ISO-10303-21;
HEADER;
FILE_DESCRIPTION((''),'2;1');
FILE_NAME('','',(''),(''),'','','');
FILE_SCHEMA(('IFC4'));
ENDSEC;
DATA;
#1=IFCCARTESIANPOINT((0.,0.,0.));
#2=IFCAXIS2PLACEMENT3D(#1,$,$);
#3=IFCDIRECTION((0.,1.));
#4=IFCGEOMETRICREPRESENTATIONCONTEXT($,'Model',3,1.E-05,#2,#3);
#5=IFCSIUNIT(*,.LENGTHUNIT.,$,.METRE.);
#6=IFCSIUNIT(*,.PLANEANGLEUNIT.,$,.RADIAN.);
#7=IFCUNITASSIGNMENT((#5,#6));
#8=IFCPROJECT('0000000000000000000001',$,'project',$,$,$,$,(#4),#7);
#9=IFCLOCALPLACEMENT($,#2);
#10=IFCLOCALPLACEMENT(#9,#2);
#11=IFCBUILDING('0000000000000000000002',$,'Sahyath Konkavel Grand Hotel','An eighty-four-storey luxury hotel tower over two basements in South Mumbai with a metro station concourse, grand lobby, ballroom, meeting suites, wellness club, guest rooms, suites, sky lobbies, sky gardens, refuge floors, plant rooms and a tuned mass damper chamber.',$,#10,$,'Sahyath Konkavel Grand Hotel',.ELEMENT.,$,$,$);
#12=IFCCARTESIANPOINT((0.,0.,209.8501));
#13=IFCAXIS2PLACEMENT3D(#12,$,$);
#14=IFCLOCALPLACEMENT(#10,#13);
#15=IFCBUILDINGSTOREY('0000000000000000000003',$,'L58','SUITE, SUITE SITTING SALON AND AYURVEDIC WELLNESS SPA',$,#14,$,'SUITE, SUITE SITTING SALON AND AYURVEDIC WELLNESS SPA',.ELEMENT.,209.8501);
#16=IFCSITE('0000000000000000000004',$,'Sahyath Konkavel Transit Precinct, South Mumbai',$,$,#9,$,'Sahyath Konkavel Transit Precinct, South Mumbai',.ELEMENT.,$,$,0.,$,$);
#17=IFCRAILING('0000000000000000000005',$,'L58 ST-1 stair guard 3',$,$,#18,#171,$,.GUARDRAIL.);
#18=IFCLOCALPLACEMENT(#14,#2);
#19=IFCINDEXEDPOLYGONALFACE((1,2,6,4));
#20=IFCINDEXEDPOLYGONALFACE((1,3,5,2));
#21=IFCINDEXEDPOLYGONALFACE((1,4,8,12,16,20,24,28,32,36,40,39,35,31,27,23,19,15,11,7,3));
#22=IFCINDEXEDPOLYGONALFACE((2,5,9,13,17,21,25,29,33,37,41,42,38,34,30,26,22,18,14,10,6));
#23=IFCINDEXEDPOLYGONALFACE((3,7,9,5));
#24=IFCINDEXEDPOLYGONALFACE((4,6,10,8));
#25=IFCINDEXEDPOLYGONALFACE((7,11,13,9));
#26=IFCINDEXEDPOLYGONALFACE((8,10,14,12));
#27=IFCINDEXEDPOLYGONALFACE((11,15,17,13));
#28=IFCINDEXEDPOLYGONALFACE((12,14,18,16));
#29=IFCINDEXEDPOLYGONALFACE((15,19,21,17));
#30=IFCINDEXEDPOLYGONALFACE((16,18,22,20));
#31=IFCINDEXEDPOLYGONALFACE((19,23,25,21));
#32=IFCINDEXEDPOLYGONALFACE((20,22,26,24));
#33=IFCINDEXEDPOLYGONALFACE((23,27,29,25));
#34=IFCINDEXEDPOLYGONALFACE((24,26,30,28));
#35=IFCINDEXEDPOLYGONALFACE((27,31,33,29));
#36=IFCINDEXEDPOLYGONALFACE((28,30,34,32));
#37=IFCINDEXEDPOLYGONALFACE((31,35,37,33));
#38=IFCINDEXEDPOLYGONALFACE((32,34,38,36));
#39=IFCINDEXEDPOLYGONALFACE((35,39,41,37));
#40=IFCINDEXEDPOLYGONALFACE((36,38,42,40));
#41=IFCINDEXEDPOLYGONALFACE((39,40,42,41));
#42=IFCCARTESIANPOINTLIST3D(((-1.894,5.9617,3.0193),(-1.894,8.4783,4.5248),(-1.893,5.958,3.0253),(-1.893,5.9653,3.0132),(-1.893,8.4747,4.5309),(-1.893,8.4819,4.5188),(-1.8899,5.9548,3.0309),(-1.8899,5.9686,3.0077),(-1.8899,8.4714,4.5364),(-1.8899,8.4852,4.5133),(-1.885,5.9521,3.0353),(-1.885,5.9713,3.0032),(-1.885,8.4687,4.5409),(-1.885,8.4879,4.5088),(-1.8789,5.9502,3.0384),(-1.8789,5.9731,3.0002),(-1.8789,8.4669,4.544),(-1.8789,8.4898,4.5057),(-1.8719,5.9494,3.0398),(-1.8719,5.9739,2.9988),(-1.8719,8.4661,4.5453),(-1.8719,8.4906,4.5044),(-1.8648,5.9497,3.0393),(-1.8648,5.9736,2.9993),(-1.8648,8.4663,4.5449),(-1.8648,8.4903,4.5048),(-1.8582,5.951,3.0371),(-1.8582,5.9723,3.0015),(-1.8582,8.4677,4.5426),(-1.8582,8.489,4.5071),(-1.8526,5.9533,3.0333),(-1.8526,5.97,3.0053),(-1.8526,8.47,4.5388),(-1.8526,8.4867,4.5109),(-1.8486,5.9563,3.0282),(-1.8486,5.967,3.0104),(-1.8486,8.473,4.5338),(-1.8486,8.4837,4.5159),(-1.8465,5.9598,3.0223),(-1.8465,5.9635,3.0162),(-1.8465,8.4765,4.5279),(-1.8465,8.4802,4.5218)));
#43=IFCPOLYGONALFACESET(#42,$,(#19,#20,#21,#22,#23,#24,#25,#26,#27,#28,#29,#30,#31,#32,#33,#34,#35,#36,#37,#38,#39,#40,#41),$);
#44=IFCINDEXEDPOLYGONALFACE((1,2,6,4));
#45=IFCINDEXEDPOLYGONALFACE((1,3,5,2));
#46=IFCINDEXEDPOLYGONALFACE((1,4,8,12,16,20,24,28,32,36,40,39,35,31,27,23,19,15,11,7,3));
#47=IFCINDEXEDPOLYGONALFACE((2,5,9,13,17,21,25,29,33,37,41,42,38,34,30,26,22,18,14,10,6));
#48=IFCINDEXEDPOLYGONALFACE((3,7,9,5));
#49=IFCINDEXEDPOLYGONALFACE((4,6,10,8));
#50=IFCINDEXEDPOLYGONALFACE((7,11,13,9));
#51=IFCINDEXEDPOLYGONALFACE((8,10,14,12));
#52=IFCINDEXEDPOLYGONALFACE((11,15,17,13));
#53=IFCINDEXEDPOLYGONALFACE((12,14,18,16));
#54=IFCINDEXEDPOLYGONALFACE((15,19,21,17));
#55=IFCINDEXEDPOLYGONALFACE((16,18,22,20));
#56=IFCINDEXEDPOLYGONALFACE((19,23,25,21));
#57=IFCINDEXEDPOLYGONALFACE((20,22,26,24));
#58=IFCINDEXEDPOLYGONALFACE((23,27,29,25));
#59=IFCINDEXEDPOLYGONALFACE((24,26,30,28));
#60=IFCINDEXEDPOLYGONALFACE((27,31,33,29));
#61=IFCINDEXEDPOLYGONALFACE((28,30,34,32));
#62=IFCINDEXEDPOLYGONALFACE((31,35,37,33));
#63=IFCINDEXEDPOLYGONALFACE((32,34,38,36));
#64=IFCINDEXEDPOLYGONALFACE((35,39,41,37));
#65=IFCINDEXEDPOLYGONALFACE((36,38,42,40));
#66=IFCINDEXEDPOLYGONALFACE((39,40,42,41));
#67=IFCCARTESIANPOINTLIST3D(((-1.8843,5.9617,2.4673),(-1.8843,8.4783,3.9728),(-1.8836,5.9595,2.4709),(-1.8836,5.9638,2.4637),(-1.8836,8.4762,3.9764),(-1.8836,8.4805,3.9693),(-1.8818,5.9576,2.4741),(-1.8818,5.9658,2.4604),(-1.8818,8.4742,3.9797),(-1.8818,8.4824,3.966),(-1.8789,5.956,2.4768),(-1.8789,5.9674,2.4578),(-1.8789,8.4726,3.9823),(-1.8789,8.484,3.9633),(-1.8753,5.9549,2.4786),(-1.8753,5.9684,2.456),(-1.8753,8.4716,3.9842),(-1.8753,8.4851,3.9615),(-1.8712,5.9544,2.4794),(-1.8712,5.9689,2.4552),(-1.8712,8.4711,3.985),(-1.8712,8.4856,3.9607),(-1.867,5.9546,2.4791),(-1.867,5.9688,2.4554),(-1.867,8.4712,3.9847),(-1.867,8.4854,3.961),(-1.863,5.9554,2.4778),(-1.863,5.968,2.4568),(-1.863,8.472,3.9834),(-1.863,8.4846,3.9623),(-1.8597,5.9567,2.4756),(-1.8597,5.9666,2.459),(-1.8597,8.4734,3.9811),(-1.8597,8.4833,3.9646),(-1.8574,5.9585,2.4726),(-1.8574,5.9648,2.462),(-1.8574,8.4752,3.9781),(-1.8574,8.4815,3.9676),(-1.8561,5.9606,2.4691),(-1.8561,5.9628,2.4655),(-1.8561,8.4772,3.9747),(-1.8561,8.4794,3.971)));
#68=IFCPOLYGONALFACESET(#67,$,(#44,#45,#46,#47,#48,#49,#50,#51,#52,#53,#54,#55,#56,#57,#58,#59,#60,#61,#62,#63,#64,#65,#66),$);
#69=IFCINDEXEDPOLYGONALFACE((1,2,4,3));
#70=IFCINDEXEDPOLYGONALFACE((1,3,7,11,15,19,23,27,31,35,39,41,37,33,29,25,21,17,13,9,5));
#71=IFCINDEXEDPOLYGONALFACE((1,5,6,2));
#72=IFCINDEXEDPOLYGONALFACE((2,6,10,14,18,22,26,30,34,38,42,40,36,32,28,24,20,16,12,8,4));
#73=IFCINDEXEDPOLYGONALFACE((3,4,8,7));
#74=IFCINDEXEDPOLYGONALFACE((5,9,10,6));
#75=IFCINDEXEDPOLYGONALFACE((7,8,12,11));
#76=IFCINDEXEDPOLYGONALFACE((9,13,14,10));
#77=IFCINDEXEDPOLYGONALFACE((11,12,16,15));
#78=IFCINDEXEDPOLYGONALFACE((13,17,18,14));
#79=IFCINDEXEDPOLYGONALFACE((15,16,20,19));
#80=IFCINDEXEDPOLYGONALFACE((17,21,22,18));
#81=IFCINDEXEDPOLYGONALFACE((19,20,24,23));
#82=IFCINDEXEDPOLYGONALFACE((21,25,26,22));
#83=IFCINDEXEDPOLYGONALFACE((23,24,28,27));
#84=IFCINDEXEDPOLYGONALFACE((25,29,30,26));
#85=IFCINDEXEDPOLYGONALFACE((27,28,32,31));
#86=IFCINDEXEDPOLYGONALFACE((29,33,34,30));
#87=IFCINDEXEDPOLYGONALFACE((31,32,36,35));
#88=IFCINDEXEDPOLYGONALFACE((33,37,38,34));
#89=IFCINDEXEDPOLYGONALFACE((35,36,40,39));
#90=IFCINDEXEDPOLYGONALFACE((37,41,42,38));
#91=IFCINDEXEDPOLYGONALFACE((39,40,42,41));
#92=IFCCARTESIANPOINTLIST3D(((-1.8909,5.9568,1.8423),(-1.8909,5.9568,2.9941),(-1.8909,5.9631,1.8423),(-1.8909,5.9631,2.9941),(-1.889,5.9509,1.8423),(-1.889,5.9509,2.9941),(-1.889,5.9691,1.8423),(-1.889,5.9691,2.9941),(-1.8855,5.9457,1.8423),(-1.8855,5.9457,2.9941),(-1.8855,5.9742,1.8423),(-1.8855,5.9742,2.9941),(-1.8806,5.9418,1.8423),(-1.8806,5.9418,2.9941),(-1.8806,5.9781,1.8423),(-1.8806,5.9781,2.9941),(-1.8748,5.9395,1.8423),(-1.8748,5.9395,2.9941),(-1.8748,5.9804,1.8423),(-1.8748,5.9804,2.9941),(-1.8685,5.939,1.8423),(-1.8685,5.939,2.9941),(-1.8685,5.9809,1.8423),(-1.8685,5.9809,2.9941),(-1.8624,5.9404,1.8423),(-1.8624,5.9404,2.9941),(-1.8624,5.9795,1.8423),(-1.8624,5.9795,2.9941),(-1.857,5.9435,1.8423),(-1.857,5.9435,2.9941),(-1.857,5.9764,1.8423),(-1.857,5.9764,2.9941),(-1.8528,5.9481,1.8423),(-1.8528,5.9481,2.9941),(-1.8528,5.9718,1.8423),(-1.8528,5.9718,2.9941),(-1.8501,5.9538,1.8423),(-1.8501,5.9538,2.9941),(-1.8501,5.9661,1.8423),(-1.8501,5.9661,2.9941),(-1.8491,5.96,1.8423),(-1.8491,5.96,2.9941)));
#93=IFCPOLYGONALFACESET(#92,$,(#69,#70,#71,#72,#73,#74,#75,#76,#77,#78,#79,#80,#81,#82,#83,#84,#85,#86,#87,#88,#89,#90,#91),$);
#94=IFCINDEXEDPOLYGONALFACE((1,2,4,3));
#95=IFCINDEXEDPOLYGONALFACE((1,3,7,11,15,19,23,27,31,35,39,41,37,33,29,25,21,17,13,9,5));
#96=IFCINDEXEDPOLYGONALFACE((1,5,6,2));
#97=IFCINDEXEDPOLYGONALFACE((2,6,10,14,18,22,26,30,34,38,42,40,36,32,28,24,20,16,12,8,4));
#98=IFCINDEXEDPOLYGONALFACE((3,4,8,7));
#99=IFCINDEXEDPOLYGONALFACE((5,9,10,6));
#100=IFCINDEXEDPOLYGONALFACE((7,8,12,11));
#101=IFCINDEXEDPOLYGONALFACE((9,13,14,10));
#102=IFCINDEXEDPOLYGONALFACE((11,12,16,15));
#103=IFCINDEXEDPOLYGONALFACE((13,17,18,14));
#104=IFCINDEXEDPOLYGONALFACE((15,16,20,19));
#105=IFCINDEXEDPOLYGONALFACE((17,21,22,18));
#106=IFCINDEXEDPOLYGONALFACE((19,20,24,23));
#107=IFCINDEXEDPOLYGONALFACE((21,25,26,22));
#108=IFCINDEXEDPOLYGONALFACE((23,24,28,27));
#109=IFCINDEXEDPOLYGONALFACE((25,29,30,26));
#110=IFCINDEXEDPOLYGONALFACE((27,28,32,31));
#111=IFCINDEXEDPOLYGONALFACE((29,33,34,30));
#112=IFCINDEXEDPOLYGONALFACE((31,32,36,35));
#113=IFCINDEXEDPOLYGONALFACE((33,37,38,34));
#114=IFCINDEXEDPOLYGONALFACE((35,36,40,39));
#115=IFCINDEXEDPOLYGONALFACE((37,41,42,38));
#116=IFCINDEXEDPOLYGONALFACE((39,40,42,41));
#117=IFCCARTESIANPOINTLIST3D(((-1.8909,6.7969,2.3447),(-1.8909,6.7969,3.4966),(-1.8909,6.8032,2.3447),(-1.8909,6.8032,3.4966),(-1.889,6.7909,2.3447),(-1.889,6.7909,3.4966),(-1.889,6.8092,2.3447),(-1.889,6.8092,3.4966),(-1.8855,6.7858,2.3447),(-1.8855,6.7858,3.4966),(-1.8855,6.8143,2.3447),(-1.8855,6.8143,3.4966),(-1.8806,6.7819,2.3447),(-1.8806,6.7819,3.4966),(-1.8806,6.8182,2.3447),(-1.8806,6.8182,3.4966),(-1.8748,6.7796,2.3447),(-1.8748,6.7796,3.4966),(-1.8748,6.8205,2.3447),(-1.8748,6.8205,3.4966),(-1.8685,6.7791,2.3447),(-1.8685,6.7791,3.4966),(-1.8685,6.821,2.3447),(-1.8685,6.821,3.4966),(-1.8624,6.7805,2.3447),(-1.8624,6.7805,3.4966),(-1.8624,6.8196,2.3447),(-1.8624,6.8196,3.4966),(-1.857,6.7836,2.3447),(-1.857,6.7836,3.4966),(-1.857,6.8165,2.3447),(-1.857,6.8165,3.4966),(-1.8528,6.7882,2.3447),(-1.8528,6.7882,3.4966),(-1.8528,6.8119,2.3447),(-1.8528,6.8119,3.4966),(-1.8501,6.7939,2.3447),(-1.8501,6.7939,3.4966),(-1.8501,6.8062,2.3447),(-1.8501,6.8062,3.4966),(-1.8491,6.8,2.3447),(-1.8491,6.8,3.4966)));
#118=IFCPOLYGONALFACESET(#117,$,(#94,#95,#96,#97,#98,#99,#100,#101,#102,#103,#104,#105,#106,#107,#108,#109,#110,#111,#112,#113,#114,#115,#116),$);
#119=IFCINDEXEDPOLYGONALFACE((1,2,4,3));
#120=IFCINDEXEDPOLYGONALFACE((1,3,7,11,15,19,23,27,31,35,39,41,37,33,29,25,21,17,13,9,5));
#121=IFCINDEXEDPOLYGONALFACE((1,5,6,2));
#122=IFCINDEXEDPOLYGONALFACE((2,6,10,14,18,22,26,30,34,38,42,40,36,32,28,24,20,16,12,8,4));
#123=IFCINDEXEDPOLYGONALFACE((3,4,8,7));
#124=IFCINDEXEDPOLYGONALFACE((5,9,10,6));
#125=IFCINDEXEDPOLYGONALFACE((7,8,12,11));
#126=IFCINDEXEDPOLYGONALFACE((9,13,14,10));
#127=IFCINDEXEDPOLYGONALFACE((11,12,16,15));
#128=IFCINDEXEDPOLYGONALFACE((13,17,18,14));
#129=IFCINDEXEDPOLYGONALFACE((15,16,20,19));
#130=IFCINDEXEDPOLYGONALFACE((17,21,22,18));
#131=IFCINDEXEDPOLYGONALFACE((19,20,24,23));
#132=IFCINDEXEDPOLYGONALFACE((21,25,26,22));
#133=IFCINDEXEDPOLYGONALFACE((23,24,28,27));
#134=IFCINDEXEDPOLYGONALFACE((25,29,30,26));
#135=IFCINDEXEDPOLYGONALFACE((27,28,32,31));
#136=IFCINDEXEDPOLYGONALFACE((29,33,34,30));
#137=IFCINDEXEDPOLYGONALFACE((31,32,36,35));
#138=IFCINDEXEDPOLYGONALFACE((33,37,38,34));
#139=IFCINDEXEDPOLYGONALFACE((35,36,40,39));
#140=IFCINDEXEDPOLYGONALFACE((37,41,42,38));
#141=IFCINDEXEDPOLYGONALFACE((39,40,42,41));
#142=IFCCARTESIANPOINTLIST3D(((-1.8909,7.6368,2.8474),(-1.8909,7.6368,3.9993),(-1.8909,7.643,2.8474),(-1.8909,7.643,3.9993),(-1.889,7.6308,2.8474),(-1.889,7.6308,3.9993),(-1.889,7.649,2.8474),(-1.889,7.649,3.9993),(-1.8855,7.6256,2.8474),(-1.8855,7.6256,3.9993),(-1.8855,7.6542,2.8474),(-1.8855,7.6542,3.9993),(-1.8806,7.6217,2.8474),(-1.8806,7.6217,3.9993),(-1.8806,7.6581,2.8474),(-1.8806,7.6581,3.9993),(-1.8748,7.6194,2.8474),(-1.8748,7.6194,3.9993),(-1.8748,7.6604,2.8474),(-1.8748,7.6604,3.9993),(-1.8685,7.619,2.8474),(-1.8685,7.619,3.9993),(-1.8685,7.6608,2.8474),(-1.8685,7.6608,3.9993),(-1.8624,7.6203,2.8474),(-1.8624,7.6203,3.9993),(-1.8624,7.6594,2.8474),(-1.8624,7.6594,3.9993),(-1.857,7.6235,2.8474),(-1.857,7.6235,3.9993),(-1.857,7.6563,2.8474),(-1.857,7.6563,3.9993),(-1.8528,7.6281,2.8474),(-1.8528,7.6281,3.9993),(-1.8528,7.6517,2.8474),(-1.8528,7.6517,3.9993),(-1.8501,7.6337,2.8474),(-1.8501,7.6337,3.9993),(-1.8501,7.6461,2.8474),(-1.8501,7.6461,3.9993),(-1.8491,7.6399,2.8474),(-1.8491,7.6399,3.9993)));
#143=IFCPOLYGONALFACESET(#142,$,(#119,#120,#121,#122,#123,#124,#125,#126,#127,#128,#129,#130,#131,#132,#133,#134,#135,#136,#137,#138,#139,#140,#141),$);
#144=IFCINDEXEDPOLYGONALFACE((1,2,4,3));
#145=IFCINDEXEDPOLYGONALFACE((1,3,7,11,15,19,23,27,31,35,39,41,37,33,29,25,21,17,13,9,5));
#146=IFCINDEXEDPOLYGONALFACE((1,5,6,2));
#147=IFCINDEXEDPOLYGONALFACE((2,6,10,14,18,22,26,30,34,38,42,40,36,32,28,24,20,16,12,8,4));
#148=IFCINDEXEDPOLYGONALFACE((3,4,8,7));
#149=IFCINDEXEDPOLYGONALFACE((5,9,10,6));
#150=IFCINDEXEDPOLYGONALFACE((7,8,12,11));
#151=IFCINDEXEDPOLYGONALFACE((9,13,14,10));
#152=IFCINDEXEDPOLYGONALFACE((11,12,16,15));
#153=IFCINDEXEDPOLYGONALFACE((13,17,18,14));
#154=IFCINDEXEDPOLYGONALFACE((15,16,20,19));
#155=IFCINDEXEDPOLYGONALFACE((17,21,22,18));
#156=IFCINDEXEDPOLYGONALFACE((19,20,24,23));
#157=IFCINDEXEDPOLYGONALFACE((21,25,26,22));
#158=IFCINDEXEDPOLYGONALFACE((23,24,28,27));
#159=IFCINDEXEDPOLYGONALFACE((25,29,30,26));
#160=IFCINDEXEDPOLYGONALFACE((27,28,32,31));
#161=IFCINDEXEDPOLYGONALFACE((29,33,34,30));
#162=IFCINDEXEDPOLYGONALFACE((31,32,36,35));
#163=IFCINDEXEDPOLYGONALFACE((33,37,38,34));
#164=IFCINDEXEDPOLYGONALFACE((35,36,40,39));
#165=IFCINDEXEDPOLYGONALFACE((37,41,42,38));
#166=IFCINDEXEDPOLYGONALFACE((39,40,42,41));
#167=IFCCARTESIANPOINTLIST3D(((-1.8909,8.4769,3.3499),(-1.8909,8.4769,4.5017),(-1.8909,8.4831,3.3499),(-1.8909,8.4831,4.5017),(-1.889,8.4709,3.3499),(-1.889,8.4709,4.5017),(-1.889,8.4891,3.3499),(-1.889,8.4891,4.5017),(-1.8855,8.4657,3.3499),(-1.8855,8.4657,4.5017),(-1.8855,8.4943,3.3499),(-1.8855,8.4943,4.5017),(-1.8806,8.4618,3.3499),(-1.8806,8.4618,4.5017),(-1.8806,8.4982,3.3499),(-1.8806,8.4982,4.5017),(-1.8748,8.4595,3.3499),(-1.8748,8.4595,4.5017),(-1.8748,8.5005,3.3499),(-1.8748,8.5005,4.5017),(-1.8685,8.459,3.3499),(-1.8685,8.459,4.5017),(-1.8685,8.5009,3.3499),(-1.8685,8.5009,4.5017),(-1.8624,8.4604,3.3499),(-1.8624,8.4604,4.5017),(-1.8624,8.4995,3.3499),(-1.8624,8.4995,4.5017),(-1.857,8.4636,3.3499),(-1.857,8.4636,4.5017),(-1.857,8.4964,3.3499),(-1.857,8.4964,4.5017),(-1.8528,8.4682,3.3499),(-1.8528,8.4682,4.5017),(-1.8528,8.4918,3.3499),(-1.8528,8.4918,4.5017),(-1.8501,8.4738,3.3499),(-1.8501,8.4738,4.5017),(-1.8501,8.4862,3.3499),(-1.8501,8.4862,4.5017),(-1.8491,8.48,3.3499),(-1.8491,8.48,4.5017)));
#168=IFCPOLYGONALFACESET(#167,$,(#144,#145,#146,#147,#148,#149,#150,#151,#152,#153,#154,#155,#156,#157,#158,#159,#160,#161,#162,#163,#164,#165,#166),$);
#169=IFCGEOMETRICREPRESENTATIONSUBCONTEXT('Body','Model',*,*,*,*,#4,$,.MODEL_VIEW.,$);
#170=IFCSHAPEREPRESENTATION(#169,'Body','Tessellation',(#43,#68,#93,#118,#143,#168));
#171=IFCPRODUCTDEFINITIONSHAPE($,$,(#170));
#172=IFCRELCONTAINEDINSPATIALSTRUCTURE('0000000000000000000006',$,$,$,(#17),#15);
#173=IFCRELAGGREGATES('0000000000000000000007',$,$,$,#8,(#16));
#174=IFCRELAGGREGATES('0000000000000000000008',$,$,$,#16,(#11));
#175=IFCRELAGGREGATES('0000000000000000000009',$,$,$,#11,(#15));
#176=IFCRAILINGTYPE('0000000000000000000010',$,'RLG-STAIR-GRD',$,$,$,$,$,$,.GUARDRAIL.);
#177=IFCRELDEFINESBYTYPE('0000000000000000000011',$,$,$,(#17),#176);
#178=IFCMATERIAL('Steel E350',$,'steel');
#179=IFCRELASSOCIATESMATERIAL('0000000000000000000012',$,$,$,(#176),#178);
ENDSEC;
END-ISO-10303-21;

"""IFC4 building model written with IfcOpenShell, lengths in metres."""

from ifc_helpers import new_model, si_unit, direction, frame, origin, origin_2d, place, context, subcontext, project, spatial, circle, extrude, material, type_object, element, save


model = new_model("IFC4")

# Units and contexts
model_context = context("Model", 3, precision=1e-05, world=origin(), true_north=direction((0.0, 1.0)))
body_context = subcontext(model_context, "Body", "Model", "MODEL_VIEW")
ifc_project = project(units=[si_unit("LENGTHUNIT", "METRE"), si_unit("PLANEANGLEUNIT", "RADIAN")], contexts=[model_context])

# Site, building, storey
site_placement = place(None, origin())
site = spatial("IfcSite", under=ifc_project, at=site_placement, Name="Sahyath Konkavel Transit Precinct, South Mumbai", LongName="Sahyath Konkavel Transit Precinct, South Mumbai", CompositionType="ELEMENT", RefElevation=0.0)
building_placement = place(site_placement, origin())
building = spatial("IfcBuilding", under=site, at=building_placement, Name="Sahyath Konkavel Grand Hotel", Description="An eighty-four-storey luxury hotel tower over two basements in South Mumbai with a metro station concourse, grand lobby, ballroom, meeting suites, wellness club, guest rooms, suites, sky lobbies, sky gardens, refuge floors, plant rooms and a tuned mass damper chamber.", LongName="Sahyath Konkavel Grand Hotel", CompositionType="ELEMENT")
storey_placement = place(building_placement, frame((0.0, 0.0, 209.8501)))
storey = spatial("IfcBuildingStorey", under=building, at=storey_placement, Name="L58", Description="SUITE, SUITE SITTING SALON AND AYURVEDIC WELLNESS SPA", LongName="SUITE, SUITE SITTING SALON AND AYURVEDIC WELLNESS SPA", CompositionType="ELEMENT", Elevation=209.8501)

# Shared definitions
ifc_material_1 = material(Name="Steel E350", Category="steel")

# Railing
railing_type_1 = type_object("IfcRailingType", Name="RLG-STAIR-GRD", PredefinedType="GUARDRAIL", material=ifc_material_1)
railing_1_placement = place(storey_placement, frame((-1.8701, 5.96, 1.8423)))
element("IfcRailing", 1, at=railing_1_placement, inside=storey, type_object=railing_type_1, Name="L58 ST-1 stair guard 3", PredefinedType="GUARDRAIL", context=body_context, shape_type="SweptSolid", body=[
    extrude(circle(Radius=0.0239, at=origin_2d()), frame((0.0, 0.0017, 1.177), z_axis=(0.0, 0.85816, 0.513383), x_axis=(-1.0, 0.0, 0.0)), (0.0, 0.0, 1.0), 2.9326),
    extrude(circle(Radius=0.0142, at=origin_2d()), frame((0.0, 0.0017, 0.625), z_axis=(0.0, 0.85816, 0.513383), x_axis=(-1.0, 0.0, 0.0)), (0.0, 0.0, 1.0), 2.9326),
    extrude(circle(Radius=0.021, at=origin_2d()), origin(), (0.0, 0.0, 1.0), 1.1519),
    extrude(circle(Radius=0.021, at=origin_2d()), frame((0.0, 0.8401, 0.5024)), (0.0, 0.0, 1.0), 1.1519),
    extrude(circle(Radius=0.021, at=origin_2d()), frame((0.0, 1.6799, 1.0051)), (0.0, 0.0, 1.0), 1.1519),
    extrude(circle(Radius=0.021, at=origin_2d()), frame((0.0, 2.52, 1.5076)), (0.0, 0.0, 1.0), 1.1519),
])

save(model, "model.ifc")
